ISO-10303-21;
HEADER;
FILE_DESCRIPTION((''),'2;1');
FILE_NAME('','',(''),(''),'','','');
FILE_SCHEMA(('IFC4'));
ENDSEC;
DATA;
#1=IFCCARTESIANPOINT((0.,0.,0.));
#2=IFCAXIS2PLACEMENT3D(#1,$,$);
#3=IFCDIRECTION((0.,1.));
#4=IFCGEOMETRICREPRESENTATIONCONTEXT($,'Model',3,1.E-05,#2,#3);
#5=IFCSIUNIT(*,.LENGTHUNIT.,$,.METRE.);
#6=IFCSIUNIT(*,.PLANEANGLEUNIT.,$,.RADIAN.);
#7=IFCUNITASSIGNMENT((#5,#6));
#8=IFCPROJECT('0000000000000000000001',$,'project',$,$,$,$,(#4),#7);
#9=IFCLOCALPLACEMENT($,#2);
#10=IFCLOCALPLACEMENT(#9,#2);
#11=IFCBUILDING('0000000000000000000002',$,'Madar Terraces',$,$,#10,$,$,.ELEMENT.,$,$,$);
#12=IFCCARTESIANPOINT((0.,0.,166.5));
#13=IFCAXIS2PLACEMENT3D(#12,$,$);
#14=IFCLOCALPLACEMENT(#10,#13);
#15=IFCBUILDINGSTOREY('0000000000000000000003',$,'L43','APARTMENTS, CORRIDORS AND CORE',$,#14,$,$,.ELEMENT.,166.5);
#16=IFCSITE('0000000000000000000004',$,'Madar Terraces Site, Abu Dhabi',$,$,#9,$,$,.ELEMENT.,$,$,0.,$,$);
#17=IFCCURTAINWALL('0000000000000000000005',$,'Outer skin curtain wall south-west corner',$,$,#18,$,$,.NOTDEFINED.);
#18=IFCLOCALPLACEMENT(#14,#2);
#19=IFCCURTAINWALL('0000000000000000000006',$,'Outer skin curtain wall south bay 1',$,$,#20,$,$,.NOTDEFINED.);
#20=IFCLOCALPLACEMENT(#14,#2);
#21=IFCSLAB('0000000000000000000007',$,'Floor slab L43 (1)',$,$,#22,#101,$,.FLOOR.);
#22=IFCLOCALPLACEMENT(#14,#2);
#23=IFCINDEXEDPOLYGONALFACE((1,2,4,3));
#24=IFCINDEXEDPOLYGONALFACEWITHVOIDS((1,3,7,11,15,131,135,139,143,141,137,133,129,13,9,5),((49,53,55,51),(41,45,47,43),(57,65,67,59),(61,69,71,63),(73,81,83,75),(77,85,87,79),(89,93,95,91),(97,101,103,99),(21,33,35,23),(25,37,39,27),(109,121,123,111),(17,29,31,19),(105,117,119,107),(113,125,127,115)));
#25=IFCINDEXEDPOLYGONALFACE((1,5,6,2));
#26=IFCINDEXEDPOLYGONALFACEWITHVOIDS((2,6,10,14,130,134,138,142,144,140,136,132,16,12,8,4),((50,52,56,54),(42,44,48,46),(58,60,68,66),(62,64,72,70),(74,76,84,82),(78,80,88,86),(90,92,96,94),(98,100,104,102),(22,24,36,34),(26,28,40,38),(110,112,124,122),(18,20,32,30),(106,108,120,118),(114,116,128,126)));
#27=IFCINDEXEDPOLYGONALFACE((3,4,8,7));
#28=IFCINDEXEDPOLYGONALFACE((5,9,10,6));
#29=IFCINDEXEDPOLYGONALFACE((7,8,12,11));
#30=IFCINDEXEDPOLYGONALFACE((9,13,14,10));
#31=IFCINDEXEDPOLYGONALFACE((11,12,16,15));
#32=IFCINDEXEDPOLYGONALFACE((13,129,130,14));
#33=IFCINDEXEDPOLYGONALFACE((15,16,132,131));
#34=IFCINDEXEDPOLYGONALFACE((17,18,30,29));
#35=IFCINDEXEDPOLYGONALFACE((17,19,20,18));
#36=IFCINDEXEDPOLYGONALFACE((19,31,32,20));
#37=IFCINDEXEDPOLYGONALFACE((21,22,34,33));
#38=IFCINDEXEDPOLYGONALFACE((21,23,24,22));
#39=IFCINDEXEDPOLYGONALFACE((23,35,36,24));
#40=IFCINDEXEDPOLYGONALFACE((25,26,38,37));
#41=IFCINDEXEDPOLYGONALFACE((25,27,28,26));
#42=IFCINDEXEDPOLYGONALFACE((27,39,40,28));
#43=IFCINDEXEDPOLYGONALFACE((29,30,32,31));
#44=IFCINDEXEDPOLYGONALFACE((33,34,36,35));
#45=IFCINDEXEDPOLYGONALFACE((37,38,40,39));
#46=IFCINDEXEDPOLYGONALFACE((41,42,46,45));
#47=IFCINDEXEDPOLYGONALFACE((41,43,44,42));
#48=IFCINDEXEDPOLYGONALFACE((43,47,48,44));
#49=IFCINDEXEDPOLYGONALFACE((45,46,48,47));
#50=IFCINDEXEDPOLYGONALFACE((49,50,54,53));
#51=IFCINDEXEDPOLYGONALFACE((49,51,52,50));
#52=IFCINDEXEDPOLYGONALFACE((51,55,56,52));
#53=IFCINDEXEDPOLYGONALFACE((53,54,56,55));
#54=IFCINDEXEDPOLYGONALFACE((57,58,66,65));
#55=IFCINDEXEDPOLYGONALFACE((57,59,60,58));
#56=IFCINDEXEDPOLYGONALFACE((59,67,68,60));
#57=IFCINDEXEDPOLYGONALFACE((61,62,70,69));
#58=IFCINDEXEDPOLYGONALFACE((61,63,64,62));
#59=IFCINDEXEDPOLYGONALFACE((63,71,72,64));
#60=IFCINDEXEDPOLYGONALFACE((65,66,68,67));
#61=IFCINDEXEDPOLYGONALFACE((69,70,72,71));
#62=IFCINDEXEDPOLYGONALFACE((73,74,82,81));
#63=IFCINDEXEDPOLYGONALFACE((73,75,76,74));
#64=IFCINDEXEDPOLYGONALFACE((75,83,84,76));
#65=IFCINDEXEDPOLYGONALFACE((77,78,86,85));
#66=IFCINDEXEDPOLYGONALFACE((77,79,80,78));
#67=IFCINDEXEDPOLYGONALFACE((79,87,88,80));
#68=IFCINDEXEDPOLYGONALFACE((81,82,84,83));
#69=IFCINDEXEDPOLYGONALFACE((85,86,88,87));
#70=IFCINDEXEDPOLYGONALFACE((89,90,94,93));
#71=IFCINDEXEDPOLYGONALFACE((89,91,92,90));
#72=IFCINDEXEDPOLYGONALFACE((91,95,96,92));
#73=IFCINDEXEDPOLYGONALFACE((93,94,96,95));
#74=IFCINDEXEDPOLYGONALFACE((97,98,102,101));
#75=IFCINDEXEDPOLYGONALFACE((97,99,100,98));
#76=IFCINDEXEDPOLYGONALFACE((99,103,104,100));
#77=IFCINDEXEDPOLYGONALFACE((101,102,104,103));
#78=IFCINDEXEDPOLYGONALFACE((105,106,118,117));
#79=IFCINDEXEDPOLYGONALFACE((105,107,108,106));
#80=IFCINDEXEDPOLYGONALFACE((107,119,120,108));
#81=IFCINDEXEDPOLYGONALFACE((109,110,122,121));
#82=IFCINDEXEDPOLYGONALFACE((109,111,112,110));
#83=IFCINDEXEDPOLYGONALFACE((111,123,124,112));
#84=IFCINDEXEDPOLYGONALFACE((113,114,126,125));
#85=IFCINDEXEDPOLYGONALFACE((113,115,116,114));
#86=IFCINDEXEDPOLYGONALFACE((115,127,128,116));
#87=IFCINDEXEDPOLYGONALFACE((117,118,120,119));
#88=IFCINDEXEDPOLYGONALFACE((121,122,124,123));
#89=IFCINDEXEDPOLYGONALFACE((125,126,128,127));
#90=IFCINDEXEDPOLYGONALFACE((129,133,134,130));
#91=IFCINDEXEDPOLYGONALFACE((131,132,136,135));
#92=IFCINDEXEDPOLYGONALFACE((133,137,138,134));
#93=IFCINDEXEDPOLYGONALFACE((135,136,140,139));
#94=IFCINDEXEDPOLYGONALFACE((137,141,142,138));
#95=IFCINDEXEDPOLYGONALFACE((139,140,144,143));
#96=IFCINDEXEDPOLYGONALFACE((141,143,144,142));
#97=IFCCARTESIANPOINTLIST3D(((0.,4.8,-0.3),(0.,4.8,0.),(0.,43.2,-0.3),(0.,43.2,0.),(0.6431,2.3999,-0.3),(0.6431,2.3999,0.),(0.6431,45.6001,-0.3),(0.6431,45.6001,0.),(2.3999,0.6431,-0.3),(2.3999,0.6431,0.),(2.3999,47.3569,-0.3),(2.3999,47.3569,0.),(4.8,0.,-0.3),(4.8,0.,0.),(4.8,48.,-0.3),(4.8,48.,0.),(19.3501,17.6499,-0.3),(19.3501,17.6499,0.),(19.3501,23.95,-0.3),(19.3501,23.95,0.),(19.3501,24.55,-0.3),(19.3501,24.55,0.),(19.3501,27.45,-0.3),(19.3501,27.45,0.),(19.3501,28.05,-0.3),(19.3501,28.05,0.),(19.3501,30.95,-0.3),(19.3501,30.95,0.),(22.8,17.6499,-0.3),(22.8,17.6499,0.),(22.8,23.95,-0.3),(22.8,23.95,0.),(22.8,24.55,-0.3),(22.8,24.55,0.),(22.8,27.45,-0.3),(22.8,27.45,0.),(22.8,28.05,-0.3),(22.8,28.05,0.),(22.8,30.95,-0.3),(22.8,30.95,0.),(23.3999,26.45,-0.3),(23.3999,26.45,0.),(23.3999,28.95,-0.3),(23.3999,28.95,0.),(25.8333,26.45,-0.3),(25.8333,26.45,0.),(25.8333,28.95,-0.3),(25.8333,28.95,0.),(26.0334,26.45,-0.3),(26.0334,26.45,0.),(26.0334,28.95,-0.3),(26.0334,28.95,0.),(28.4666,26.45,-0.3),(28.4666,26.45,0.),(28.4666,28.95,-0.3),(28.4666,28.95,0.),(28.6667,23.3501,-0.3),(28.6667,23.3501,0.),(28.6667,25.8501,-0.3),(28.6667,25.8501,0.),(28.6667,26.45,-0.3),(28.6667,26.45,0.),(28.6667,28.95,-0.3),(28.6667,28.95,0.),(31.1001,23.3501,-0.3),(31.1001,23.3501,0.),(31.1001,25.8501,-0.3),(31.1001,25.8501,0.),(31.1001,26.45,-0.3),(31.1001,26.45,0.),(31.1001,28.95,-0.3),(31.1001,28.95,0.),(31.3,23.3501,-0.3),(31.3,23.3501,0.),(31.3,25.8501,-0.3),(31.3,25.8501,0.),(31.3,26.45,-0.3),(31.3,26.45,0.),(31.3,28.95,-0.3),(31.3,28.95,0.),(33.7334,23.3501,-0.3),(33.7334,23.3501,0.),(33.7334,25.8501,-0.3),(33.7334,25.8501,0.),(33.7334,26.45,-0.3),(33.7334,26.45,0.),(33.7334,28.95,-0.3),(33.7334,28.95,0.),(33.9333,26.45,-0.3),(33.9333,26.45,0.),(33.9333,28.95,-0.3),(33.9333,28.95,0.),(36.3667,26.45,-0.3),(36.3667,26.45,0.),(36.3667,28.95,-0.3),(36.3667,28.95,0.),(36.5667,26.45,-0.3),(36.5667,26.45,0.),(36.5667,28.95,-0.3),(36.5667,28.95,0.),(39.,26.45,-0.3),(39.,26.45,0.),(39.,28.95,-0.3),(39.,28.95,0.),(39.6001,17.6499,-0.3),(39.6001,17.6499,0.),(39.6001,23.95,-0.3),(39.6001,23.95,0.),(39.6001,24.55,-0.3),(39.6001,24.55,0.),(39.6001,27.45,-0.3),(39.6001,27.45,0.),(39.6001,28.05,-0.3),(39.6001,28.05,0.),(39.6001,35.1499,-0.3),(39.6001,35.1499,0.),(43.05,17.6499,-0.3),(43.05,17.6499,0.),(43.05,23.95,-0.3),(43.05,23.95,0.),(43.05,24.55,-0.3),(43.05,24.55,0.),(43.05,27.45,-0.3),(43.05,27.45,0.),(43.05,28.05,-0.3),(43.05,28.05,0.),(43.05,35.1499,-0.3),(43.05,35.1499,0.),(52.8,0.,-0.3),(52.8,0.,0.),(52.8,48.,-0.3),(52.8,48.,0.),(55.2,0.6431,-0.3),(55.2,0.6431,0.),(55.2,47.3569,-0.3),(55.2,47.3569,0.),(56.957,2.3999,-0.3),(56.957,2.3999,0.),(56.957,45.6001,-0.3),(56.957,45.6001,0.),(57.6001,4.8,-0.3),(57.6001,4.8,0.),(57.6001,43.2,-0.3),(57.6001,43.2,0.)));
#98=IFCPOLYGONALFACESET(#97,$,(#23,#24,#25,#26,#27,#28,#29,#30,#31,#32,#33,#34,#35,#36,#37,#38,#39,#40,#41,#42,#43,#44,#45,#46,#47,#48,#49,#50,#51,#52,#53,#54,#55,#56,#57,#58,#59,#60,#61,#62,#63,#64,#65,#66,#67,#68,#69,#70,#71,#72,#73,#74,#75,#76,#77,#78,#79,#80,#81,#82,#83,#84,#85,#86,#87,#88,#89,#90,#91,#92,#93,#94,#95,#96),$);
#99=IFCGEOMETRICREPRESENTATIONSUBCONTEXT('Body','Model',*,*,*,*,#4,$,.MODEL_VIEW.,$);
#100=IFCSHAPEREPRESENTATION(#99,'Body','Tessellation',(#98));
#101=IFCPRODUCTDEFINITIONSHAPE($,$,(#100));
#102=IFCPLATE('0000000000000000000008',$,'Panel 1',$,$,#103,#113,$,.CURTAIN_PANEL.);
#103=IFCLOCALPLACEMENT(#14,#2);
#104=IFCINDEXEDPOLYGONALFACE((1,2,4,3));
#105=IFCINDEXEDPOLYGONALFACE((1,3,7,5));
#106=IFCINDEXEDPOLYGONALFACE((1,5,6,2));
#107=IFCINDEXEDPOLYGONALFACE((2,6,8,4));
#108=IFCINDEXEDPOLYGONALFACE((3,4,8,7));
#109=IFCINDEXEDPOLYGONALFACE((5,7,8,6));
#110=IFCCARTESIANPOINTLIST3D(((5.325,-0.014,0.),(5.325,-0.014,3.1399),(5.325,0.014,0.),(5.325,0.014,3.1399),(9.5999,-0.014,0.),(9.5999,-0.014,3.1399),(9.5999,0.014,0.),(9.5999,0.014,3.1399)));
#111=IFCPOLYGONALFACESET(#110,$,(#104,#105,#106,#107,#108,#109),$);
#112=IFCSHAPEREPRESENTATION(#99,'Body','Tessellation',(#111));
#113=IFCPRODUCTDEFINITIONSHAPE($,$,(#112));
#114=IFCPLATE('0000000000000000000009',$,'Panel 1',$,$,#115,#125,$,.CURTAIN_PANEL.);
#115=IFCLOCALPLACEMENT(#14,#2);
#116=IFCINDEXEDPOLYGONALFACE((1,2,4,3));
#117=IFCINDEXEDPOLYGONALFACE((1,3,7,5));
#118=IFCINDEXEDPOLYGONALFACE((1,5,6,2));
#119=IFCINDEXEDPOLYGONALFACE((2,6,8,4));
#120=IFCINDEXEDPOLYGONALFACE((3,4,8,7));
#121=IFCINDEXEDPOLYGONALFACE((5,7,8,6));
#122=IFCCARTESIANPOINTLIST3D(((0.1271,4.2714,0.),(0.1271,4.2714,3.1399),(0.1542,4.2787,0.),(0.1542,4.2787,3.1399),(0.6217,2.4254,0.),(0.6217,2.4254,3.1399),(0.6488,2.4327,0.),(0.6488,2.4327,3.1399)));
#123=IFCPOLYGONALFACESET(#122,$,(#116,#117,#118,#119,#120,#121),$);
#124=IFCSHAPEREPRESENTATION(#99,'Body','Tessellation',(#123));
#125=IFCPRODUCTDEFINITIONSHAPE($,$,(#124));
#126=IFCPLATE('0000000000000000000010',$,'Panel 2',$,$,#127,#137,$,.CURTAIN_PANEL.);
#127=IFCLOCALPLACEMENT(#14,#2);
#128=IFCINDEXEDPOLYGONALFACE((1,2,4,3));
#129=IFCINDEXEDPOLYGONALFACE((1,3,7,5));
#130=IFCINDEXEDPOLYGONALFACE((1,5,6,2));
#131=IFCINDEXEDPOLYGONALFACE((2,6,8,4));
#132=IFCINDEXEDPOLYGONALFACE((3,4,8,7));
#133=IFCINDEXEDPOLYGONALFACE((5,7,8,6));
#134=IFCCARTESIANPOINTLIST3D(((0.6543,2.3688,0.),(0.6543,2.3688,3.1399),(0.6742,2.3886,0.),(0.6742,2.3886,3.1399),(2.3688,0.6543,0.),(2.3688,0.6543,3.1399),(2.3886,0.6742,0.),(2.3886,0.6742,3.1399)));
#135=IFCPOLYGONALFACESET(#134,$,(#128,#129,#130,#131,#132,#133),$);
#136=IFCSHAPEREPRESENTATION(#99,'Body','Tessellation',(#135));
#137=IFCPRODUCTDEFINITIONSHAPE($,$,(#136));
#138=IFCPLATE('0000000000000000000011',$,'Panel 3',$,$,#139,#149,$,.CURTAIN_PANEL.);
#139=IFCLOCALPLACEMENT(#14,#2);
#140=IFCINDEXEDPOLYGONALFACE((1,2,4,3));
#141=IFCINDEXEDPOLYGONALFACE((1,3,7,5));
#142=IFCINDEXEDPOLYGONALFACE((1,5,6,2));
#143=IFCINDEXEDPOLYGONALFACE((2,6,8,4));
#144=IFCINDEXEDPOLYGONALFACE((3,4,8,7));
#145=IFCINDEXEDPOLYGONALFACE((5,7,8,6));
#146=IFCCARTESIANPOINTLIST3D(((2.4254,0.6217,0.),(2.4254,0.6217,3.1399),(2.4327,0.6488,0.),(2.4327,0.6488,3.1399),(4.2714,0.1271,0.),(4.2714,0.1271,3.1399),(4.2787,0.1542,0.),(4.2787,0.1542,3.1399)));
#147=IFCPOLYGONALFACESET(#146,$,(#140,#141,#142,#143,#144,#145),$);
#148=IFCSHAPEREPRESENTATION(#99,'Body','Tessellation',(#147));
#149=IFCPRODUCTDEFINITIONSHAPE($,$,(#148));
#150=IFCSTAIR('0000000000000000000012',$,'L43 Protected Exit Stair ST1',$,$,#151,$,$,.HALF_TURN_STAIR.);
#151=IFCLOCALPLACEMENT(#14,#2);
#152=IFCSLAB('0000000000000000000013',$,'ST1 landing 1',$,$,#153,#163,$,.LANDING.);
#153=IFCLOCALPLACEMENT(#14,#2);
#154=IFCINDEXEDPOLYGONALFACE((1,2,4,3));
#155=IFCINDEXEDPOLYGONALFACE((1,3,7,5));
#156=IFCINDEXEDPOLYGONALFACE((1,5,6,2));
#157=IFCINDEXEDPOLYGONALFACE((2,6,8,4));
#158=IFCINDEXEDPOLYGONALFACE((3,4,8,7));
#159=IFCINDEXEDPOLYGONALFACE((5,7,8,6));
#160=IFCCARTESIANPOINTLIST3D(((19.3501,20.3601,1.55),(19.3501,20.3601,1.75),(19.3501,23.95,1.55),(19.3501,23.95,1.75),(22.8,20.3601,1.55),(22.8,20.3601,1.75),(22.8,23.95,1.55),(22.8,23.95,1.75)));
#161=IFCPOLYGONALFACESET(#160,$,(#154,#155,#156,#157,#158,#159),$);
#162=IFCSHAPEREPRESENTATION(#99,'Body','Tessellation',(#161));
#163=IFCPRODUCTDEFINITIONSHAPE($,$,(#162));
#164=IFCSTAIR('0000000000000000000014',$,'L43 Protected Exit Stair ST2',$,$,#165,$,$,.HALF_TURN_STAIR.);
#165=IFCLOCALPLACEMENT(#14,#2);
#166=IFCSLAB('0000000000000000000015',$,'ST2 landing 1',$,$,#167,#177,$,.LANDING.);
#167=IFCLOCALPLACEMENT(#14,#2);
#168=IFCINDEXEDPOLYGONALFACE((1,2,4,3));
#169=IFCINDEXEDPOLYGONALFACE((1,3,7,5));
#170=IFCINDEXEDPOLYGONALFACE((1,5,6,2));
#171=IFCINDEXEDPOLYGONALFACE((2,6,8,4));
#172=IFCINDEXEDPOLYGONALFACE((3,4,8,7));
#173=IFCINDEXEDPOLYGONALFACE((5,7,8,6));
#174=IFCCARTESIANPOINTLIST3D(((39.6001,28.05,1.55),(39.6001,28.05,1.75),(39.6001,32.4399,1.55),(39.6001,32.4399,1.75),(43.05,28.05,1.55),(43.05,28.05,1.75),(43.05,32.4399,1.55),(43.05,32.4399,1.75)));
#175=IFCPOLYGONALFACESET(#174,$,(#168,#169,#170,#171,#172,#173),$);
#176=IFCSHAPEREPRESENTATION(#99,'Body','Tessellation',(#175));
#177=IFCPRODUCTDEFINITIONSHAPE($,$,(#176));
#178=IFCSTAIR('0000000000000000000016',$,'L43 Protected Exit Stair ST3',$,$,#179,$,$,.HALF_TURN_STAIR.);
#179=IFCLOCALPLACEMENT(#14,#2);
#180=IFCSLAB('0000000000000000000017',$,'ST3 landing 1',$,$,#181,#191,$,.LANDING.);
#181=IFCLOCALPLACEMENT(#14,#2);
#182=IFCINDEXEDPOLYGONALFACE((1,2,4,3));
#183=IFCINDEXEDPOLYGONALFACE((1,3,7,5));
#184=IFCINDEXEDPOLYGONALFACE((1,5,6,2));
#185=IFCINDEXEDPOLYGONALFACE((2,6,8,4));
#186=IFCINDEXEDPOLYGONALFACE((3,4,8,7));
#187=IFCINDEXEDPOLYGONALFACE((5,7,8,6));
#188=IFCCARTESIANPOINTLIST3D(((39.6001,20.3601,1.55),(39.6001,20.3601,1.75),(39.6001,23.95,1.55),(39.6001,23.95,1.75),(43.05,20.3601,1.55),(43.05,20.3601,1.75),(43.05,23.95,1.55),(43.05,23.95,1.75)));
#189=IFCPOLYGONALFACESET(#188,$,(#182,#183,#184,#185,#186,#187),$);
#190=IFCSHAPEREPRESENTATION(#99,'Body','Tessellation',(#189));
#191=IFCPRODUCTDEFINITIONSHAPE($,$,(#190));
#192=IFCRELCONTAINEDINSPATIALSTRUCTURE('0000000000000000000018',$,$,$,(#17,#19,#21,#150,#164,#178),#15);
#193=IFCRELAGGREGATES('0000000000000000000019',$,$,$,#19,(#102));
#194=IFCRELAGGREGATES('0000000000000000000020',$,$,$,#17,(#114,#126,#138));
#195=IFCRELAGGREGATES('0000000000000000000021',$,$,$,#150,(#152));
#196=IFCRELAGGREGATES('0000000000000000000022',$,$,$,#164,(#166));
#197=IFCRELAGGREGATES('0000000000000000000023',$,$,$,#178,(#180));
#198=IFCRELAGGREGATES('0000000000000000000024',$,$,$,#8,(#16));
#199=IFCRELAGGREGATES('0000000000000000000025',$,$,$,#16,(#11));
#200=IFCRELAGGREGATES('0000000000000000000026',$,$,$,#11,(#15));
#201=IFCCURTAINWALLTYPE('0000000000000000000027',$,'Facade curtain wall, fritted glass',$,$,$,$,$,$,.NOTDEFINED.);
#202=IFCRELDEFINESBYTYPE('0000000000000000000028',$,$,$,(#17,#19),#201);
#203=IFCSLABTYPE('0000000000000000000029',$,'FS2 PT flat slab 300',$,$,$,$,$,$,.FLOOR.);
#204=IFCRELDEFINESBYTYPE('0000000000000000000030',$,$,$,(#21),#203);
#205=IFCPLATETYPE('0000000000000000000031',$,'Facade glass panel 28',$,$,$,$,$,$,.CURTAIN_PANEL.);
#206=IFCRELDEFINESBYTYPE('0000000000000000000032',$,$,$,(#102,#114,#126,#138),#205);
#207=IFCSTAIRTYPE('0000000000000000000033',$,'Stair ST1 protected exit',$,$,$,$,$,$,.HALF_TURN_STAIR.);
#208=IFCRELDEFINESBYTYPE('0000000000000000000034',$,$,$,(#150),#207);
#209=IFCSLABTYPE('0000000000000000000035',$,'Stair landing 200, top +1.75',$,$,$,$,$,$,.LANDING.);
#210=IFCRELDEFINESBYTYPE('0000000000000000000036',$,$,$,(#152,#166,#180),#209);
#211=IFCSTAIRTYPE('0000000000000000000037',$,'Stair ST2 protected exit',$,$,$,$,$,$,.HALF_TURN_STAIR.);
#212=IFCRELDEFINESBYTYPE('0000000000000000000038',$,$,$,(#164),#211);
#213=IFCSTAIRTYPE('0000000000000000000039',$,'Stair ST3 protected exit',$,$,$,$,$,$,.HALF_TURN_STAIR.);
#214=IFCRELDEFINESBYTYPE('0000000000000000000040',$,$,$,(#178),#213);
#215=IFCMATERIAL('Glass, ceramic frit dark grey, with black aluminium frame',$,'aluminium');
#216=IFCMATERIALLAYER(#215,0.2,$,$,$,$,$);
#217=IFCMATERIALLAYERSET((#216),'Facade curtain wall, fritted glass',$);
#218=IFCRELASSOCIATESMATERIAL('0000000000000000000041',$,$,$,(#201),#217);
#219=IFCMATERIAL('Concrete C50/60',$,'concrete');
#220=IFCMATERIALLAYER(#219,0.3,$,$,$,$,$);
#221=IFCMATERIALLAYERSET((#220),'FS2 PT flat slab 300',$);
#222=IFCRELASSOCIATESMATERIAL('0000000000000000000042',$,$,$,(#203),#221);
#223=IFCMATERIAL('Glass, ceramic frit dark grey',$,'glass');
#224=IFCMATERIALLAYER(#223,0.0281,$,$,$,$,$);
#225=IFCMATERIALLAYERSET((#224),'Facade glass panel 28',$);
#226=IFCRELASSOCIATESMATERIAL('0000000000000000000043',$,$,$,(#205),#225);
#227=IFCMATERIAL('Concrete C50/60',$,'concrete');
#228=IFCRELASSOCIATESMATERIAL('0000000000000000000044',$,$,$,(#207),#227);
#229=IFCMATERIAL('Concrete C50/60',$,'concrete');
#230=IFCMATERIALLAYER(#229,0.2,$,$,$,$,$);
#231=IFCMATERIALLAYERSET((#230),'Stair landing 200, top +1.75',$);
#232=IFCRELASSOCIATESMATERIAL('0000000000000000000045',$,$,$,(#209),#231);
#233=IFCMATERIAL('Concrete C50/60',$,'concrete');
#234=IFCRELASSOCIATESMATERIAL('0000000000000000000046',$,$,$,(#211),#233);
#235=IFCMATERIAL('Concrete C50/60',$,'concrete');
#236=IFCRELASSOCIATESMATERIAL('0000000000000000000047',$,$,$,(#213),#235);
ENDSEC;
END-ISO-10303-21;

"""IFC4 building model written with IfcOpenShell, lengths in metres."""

from ifc_helpers import new_model, si_unit, direction, frame, origin, origin_2d, place, context, subcontext, project, spatial, polyline, rectangle, outline, extrude, material, layer, layer_set, type_object, element, aggregate, save


model = new_model("IFC4")

# Units and contexts
model_context = context("Model", 3, precision=1e-05, world=origin(), true_north=direction((0.0, 1.0)))
body_context = subcontext(model_context, "Body", "Model", "MODEL_VIEW")
ifc_project = project(units=[si_unit("LENGTHUNIT", "METRE"), si_unit("PLANEANGLEUNIT", "RADIAN")], contexts=[model_context])

# Site, building, storey
site_placement = place(None, origin())
site = spatial("IfcSite", under=ifc_project, at=site_placement, Name="Madar Terraces Site, Abu Dhabi", CompositionType="ELEMENT", RefElevation=0.0)
building_placement = place(site_placement, origin())
building = spatial("IfcBuilding", under=site, at=building_placement, Name="Madar Terraces", CompositionType="ELEMENT")
storey_placement = place(building_placement, frame((0.0, 0.0, 166.5)))
storey = spatial("IfcBuildingStorey", under=building, at=storey_placement, Name="L43", Description="APARTMENTS, CORRIDORS AND CORE", CompositionType="ELEMENT", Elevation=166.5)

# Curtain wall
ifc_material_1 = material(Name="Glass, ceramic frit dark grey, with black aluminium frame", Category="aluminium")
ifc_layer_1 = layer(ifc_material_1, 0.2)
ifc_layer_set_1 = layer_set([ifc_layer_1], Name="Facade curtain wall, fritted glass")
curtain_wall_type = type_object("IfcCurtainWallType", Name="Facade curtain wall, fritted glass", PredefinedType="NOTDEFINED", material=ifc_layer_set_1)
curtain_wall_1_placement = place(storey_placement, origin())
curtain_wall_1 = element("IfcCurtainWall", 1, at=curtain_wall_1_placement, inside=storey, type_object=curtain_wall_type, Name="Outer skin curtain wall south-west corner", PredefinedType="NOTDEFINED")

# Curtain wall
curtain_wall_2_placement = place(storey_placement, origin())
curtain_wall_2 = element("IfcCurtainWall", 2, at=curtain_wall_2_placement, inside=storey, type_object=curtain_wall_type, Name="Outer skin curtain wall south bay 1", PredefinedType="NOTDEFINED")

# Slab
ifc_material_2 = material(Name="Concrete C50/60", Category="concrete")
ifc_layer_2 = layer(ifc_material_2, 0.3)
ifc_layer_set_2 = layer_set([ifc_layer_2], Name="FS2 PT flat slab 300")
slab_type_1 = type_object("IfcSlabType", Name="FS2 PT flat slab 300", PredefinedType="FLOOR", material=ifc_layer_set_2)
slab_1_placement = place(storey_placement, frame((0.0, 0.0, -0.3)))
element("IfcSlab", 3, at=slab_1_placement, inside=storey, type_object=slab_type_1, Name="Floor slab L43 (1)", PredefinedType="FLOOR", context=body_context, shape_type="SweptSolid", body=[
    extrude(outline(polyline([(52.8, 0.0), (55.2, 0.6431), (56.957, 2.3999), (57.6001, 4.8), (57.6001, 43.2), (56.957, 45.6001), (55.2, 47.3569), (52.8, 48.0), (4.8, 48.0), (2.3999, 47.3569), (0.6431, 45.6001), (0.0, 43.2), (0.0, 4.8), (0.6431, 2.3999), (2.3999, 0.6431), (4.8, 0.0), (52.8, 0.0)]), holes=[polyline([(22.8, 17.6499), (19.3501, 17.6499), (19.3501, 23.95), (22.8, 23.95), (22.8, 17.6499)]), polyline([(28.6667, 23.3501), (28.6667, 25.8501), (31.1001, 25.8501), (31.1001, 23.3501), (28.6667, 23.3501)]), polyline([(19.3501, 24.55), (19.3501, 27.45), (22.8, 27.45), (22.8, 24.55), (19.3501, 24.55)]), polyline([(23.3999, 26.45), (23.3999, 28.95), (25.8333, 28.95), (25.8333, 26.45), (23.3999, 26.45)]), polyline([(26.0334, 26.45), (26.0334, 28.95), (28.4666, 28.95), (28.4666, 26.45), (26.0334, 26.45)]), polyline([(28.6667, 26.45), (28.6667, 28.95), (31.1001, 28.95), (31.1001, 26.45), (28.6667, 26.45)]), polyline([(19.3501, 28.05), (19.3501, 30.95), (22.8, 30.95), (22.8, 28.05), (19.3501, 28.05)]), polyline([(43.05, 17.6499), (39.6001, 17.6499), (39.6001, 23.95), (43.05, 23.95), (43.05, 17.6499)]), polyline([(31.3, 23.3501), (31.3, 25.8501), (33.7334, 25.8501), (33.7334, 23.3501), (31.3, 23.3501)]), polyline([(39.6001, 24.55), (39.6001, 27.45), (43.05, 27.45), (43.05, 24.55), (39.6001, 24.55)]), polyline([(31.3, 26.45), (31.3, 28.95), (33.7334, 28.95), (33.7334, 26.45), (31.3, 26.45)]), polyline([(33.9333, 26.45), (33.9333, 28.95), (36.3667, 28.95), (36.3667, 26.45), (33.9333, 26.45)]), polyline([(36.5667, 26.45), (36.5667, 28.95), (39.0, 28.95), (39.0, 26.45), (36.5667, 26.45)]), polyline([(39.6001, 28.05), (39.6001, 35.1499), (43.05, 35.1499), (43.05, 28.05), (39.6001, 28.05)])]), origin(), (0.0, 0.0, 1.0), 0.3),
])

# Plates
ifc_material_3 = material(Name="Glass, ceramic frit dark grey", Category="glass")
ifc_layer_3 = layer(ifc_material_3, 0.0281)
ifc_layer_set_3 = layer_set([ifc_layer_3], Name="Facade glass panel 28")
plate_type = type_object("IfcPlateType", Name="Facade glass panel 28", PredefinedType="CURTAIN_PANEL", material=ifc_layer_set_3)
plate_1_placement = place(storey_placement, frame((7.4624, 0.0, 0.0), z_axis=(0.0, 0.0, 1.0), x_axis=(1.0, 0.0, 0.0)))
plate_1 = element("IfcPlate", 4, at=plate_1_placement, type_object=plate_type, Name="Panel 1", PredefinedType="CURTAIN_PANEL", context=body_context, shape_type="SweptSolid", body=[
    extrude(rectangle(XDim=4.2749, YDim=0.0281, at=origin_2d()), origin(), (0.0, 0.0, 1.0), 3.1399),
])
aggregate(curtain_wall_2, [plate_1])
plate_2_placement = place(storey_placement, frame((0.3879, 3.3521, 0.0), z_axis=(0.0, 0.0, 1.0), x_axis=(0.258819, -0.965926, 0.0)))
plate_2 = element("IfcPlate", 5, at=plate_2_placement, type_object=plate_type, Name="Panel 1", PredefinedType="CURTAIN_PANEL", context=body_context, shape_type="SweptSolid", body=[
    extrude(rectangle(XDim=1.9111, YDim=0.0281, at=origin_2d()), origin(), (0.0, 0.0, 1.0), 3.1399),
])
plate_3_placement = place(storey_placement, frame((1.5215, 1.5215, 0.0), z_axis=(0.0, 0.0, 1.0), x_axis=(0.707107, -0.707107, 0.0)))
plate_3 = element("IfcPlate", 6, at=plate_3_placement, type_object=plate_type, Name="Panel 2", PredefinedType="CURTAIN_PANEL", context=body_context, shape_type="SweptSolid", body=[
    extrude(rectangle(XDim=2.4246, YDim=0.0281, at=origin_2d()), origin(), (0.0, 0.0, 1.0), 3.1399),
])
plate_4_placement = place(storey_placement, frame((3.3521, 0.3879, 0.0), z_axis=(0.0, 0.0, 1.0), x_axis=(0.965926, -0.258819, 0.0)))
plate_4 = element("IfcPlate", 7, at=plate_4_placement, type_object=plate_type, Name="Panel 3", PredefinedType="CURTAIN_PANEL", context=body_context, shape_type="SweptSolid", body=[
    extrude(rectangle(XDim=1.9111, YDim=0.0281, at=origin_2d()), origin(), (0.0, 0.0, 1.0), 3.1399),
])
aggregate(curtain_wall_1, [plate_2, plate_3, plate_4])

# Stairs, slabs
ifc_material_4 = material(Name="Concrete C50/60", Category="concrete")
stair_type_1 = type_object("IfcStairType", Name="Stair ST1 protected exit", PredefinedType="HALF_TURN_STAIR", material=ifc_material_4)
stair_1_placement = place(storey_placement, origin())
stair_1 = element("IfcStair", 8, at=stair_1_placement, inside=storey, type_object=stair_type_1, Name="L43 Protected Exit Stair ST1", PredefinedType="HALF_TURN_STAIR")
ifc_material_5 = material(Name="Concrete C50/60", Category="concrete")
ifc_layer_4 = layer(ifc_material_5, 0.2)
ifc_layer_set_4 = layer_set([ifc_layer_4], Name="Stair landing 200, top +1.75")
slab_type_2 = type_object("IfcSlabType", Name="Stair landing 200, top +1.75", PredefinedType="LANDING", material=ifc_layer_set_4)
slab_2_placement = place(storey_placement, frame((0.0, 0.0, 1.55)))
slab_2 = element("IfcSlab", 9, at=slab_2_placement, type_object=slab_type_2, Name="ST1 landing 1", PredefinedType="LANDING", context=body_context, shape_type="SweptSolid", body=[
    extrude(outline(polyline([(19.3501, 20.3601), (22.8, 20.3601), (22.8, 23.95), (19.3501, 23.95), (19.3501, 20.3601)])), origin(), (0.0, 0.0, 1.0), 0.2),
])
aggregate(stair_1, [slab_2])
ifc_material_6 = material(Name="Concrete C50/60", Category="concrete")
stair_type_2 = type_object("IfcStairType", Name="Stair ST2 protected exit", PredefinedType="HALF_TURN_STAIR", material=ifc_material_6)
stair_2_placement = place(storey_placement, origin())
stair_2 = element("IfcStair", 10, at=stair_2_placement, inside=storey, type_object=stair_type_2, Name="L43 Protected Exit Stair ST2", PredefinedType="HALF_TURN_STAIR")
slab_3_placement = place(storey_placement, frame((0.0, 0.0, 1.55)))
slab_3 = element("IfcSlab", 11, at=slab_3_placement, type_object=slab_type_2, Name="ST2 landing 1", PredefinedType="LANDING", context=body_context, shape_type="SweptSolid", body=[
    extrude(outline(polyline([(39.6001, 28.05), (43.05, 28.05), (43.05, 32.4399), (39.6001, 32.4399), (39.6001, 28.05)])), origin(), (0.0, 0.0, 1.0), 0.2),
])
aggregate(stair_2, [slab_3])
ifc_material_7 = material(Name="Concrete C50/60", Category="concrete")
stair_type_3 = type_object("IfcStairType", Name="Stair ST3 protected exit", PredefinedType="HALF_TURN_STAIR", material=ifc_material_7)
stair_3_placement = place(storey_placement, origin())
stair_3 = element("IfcStair", 12, at=stair_3_placement, inside=storey, type_object=stair_type_3, Name="L43 Protected Exit Stair ST3", PredefinedType="HALF_TURN_STAIR")
slab_4_placement = place(storey_placement, frame((0.0, 0.0, 1.55)))
slab_4 = element("IfcSlab", 13, at=slab_4_placement, type_object=slab_type_2, Name="ST3 landing 1", PredefinedType="LANDING", context=body_context, shape_type="SweptSolid", body=[
    extrude(outline(polyline([(39.6001, 20.3601), (43.05, 20.3601), (43.05, 23.95), (39.6001, 23.95), (39.6001, 20.3601)])), origin(), (0.0, 0.0, 1.0), 0.2),
])
aggregate(stair_3, [slab_4])

save(model, "model.ifc")
